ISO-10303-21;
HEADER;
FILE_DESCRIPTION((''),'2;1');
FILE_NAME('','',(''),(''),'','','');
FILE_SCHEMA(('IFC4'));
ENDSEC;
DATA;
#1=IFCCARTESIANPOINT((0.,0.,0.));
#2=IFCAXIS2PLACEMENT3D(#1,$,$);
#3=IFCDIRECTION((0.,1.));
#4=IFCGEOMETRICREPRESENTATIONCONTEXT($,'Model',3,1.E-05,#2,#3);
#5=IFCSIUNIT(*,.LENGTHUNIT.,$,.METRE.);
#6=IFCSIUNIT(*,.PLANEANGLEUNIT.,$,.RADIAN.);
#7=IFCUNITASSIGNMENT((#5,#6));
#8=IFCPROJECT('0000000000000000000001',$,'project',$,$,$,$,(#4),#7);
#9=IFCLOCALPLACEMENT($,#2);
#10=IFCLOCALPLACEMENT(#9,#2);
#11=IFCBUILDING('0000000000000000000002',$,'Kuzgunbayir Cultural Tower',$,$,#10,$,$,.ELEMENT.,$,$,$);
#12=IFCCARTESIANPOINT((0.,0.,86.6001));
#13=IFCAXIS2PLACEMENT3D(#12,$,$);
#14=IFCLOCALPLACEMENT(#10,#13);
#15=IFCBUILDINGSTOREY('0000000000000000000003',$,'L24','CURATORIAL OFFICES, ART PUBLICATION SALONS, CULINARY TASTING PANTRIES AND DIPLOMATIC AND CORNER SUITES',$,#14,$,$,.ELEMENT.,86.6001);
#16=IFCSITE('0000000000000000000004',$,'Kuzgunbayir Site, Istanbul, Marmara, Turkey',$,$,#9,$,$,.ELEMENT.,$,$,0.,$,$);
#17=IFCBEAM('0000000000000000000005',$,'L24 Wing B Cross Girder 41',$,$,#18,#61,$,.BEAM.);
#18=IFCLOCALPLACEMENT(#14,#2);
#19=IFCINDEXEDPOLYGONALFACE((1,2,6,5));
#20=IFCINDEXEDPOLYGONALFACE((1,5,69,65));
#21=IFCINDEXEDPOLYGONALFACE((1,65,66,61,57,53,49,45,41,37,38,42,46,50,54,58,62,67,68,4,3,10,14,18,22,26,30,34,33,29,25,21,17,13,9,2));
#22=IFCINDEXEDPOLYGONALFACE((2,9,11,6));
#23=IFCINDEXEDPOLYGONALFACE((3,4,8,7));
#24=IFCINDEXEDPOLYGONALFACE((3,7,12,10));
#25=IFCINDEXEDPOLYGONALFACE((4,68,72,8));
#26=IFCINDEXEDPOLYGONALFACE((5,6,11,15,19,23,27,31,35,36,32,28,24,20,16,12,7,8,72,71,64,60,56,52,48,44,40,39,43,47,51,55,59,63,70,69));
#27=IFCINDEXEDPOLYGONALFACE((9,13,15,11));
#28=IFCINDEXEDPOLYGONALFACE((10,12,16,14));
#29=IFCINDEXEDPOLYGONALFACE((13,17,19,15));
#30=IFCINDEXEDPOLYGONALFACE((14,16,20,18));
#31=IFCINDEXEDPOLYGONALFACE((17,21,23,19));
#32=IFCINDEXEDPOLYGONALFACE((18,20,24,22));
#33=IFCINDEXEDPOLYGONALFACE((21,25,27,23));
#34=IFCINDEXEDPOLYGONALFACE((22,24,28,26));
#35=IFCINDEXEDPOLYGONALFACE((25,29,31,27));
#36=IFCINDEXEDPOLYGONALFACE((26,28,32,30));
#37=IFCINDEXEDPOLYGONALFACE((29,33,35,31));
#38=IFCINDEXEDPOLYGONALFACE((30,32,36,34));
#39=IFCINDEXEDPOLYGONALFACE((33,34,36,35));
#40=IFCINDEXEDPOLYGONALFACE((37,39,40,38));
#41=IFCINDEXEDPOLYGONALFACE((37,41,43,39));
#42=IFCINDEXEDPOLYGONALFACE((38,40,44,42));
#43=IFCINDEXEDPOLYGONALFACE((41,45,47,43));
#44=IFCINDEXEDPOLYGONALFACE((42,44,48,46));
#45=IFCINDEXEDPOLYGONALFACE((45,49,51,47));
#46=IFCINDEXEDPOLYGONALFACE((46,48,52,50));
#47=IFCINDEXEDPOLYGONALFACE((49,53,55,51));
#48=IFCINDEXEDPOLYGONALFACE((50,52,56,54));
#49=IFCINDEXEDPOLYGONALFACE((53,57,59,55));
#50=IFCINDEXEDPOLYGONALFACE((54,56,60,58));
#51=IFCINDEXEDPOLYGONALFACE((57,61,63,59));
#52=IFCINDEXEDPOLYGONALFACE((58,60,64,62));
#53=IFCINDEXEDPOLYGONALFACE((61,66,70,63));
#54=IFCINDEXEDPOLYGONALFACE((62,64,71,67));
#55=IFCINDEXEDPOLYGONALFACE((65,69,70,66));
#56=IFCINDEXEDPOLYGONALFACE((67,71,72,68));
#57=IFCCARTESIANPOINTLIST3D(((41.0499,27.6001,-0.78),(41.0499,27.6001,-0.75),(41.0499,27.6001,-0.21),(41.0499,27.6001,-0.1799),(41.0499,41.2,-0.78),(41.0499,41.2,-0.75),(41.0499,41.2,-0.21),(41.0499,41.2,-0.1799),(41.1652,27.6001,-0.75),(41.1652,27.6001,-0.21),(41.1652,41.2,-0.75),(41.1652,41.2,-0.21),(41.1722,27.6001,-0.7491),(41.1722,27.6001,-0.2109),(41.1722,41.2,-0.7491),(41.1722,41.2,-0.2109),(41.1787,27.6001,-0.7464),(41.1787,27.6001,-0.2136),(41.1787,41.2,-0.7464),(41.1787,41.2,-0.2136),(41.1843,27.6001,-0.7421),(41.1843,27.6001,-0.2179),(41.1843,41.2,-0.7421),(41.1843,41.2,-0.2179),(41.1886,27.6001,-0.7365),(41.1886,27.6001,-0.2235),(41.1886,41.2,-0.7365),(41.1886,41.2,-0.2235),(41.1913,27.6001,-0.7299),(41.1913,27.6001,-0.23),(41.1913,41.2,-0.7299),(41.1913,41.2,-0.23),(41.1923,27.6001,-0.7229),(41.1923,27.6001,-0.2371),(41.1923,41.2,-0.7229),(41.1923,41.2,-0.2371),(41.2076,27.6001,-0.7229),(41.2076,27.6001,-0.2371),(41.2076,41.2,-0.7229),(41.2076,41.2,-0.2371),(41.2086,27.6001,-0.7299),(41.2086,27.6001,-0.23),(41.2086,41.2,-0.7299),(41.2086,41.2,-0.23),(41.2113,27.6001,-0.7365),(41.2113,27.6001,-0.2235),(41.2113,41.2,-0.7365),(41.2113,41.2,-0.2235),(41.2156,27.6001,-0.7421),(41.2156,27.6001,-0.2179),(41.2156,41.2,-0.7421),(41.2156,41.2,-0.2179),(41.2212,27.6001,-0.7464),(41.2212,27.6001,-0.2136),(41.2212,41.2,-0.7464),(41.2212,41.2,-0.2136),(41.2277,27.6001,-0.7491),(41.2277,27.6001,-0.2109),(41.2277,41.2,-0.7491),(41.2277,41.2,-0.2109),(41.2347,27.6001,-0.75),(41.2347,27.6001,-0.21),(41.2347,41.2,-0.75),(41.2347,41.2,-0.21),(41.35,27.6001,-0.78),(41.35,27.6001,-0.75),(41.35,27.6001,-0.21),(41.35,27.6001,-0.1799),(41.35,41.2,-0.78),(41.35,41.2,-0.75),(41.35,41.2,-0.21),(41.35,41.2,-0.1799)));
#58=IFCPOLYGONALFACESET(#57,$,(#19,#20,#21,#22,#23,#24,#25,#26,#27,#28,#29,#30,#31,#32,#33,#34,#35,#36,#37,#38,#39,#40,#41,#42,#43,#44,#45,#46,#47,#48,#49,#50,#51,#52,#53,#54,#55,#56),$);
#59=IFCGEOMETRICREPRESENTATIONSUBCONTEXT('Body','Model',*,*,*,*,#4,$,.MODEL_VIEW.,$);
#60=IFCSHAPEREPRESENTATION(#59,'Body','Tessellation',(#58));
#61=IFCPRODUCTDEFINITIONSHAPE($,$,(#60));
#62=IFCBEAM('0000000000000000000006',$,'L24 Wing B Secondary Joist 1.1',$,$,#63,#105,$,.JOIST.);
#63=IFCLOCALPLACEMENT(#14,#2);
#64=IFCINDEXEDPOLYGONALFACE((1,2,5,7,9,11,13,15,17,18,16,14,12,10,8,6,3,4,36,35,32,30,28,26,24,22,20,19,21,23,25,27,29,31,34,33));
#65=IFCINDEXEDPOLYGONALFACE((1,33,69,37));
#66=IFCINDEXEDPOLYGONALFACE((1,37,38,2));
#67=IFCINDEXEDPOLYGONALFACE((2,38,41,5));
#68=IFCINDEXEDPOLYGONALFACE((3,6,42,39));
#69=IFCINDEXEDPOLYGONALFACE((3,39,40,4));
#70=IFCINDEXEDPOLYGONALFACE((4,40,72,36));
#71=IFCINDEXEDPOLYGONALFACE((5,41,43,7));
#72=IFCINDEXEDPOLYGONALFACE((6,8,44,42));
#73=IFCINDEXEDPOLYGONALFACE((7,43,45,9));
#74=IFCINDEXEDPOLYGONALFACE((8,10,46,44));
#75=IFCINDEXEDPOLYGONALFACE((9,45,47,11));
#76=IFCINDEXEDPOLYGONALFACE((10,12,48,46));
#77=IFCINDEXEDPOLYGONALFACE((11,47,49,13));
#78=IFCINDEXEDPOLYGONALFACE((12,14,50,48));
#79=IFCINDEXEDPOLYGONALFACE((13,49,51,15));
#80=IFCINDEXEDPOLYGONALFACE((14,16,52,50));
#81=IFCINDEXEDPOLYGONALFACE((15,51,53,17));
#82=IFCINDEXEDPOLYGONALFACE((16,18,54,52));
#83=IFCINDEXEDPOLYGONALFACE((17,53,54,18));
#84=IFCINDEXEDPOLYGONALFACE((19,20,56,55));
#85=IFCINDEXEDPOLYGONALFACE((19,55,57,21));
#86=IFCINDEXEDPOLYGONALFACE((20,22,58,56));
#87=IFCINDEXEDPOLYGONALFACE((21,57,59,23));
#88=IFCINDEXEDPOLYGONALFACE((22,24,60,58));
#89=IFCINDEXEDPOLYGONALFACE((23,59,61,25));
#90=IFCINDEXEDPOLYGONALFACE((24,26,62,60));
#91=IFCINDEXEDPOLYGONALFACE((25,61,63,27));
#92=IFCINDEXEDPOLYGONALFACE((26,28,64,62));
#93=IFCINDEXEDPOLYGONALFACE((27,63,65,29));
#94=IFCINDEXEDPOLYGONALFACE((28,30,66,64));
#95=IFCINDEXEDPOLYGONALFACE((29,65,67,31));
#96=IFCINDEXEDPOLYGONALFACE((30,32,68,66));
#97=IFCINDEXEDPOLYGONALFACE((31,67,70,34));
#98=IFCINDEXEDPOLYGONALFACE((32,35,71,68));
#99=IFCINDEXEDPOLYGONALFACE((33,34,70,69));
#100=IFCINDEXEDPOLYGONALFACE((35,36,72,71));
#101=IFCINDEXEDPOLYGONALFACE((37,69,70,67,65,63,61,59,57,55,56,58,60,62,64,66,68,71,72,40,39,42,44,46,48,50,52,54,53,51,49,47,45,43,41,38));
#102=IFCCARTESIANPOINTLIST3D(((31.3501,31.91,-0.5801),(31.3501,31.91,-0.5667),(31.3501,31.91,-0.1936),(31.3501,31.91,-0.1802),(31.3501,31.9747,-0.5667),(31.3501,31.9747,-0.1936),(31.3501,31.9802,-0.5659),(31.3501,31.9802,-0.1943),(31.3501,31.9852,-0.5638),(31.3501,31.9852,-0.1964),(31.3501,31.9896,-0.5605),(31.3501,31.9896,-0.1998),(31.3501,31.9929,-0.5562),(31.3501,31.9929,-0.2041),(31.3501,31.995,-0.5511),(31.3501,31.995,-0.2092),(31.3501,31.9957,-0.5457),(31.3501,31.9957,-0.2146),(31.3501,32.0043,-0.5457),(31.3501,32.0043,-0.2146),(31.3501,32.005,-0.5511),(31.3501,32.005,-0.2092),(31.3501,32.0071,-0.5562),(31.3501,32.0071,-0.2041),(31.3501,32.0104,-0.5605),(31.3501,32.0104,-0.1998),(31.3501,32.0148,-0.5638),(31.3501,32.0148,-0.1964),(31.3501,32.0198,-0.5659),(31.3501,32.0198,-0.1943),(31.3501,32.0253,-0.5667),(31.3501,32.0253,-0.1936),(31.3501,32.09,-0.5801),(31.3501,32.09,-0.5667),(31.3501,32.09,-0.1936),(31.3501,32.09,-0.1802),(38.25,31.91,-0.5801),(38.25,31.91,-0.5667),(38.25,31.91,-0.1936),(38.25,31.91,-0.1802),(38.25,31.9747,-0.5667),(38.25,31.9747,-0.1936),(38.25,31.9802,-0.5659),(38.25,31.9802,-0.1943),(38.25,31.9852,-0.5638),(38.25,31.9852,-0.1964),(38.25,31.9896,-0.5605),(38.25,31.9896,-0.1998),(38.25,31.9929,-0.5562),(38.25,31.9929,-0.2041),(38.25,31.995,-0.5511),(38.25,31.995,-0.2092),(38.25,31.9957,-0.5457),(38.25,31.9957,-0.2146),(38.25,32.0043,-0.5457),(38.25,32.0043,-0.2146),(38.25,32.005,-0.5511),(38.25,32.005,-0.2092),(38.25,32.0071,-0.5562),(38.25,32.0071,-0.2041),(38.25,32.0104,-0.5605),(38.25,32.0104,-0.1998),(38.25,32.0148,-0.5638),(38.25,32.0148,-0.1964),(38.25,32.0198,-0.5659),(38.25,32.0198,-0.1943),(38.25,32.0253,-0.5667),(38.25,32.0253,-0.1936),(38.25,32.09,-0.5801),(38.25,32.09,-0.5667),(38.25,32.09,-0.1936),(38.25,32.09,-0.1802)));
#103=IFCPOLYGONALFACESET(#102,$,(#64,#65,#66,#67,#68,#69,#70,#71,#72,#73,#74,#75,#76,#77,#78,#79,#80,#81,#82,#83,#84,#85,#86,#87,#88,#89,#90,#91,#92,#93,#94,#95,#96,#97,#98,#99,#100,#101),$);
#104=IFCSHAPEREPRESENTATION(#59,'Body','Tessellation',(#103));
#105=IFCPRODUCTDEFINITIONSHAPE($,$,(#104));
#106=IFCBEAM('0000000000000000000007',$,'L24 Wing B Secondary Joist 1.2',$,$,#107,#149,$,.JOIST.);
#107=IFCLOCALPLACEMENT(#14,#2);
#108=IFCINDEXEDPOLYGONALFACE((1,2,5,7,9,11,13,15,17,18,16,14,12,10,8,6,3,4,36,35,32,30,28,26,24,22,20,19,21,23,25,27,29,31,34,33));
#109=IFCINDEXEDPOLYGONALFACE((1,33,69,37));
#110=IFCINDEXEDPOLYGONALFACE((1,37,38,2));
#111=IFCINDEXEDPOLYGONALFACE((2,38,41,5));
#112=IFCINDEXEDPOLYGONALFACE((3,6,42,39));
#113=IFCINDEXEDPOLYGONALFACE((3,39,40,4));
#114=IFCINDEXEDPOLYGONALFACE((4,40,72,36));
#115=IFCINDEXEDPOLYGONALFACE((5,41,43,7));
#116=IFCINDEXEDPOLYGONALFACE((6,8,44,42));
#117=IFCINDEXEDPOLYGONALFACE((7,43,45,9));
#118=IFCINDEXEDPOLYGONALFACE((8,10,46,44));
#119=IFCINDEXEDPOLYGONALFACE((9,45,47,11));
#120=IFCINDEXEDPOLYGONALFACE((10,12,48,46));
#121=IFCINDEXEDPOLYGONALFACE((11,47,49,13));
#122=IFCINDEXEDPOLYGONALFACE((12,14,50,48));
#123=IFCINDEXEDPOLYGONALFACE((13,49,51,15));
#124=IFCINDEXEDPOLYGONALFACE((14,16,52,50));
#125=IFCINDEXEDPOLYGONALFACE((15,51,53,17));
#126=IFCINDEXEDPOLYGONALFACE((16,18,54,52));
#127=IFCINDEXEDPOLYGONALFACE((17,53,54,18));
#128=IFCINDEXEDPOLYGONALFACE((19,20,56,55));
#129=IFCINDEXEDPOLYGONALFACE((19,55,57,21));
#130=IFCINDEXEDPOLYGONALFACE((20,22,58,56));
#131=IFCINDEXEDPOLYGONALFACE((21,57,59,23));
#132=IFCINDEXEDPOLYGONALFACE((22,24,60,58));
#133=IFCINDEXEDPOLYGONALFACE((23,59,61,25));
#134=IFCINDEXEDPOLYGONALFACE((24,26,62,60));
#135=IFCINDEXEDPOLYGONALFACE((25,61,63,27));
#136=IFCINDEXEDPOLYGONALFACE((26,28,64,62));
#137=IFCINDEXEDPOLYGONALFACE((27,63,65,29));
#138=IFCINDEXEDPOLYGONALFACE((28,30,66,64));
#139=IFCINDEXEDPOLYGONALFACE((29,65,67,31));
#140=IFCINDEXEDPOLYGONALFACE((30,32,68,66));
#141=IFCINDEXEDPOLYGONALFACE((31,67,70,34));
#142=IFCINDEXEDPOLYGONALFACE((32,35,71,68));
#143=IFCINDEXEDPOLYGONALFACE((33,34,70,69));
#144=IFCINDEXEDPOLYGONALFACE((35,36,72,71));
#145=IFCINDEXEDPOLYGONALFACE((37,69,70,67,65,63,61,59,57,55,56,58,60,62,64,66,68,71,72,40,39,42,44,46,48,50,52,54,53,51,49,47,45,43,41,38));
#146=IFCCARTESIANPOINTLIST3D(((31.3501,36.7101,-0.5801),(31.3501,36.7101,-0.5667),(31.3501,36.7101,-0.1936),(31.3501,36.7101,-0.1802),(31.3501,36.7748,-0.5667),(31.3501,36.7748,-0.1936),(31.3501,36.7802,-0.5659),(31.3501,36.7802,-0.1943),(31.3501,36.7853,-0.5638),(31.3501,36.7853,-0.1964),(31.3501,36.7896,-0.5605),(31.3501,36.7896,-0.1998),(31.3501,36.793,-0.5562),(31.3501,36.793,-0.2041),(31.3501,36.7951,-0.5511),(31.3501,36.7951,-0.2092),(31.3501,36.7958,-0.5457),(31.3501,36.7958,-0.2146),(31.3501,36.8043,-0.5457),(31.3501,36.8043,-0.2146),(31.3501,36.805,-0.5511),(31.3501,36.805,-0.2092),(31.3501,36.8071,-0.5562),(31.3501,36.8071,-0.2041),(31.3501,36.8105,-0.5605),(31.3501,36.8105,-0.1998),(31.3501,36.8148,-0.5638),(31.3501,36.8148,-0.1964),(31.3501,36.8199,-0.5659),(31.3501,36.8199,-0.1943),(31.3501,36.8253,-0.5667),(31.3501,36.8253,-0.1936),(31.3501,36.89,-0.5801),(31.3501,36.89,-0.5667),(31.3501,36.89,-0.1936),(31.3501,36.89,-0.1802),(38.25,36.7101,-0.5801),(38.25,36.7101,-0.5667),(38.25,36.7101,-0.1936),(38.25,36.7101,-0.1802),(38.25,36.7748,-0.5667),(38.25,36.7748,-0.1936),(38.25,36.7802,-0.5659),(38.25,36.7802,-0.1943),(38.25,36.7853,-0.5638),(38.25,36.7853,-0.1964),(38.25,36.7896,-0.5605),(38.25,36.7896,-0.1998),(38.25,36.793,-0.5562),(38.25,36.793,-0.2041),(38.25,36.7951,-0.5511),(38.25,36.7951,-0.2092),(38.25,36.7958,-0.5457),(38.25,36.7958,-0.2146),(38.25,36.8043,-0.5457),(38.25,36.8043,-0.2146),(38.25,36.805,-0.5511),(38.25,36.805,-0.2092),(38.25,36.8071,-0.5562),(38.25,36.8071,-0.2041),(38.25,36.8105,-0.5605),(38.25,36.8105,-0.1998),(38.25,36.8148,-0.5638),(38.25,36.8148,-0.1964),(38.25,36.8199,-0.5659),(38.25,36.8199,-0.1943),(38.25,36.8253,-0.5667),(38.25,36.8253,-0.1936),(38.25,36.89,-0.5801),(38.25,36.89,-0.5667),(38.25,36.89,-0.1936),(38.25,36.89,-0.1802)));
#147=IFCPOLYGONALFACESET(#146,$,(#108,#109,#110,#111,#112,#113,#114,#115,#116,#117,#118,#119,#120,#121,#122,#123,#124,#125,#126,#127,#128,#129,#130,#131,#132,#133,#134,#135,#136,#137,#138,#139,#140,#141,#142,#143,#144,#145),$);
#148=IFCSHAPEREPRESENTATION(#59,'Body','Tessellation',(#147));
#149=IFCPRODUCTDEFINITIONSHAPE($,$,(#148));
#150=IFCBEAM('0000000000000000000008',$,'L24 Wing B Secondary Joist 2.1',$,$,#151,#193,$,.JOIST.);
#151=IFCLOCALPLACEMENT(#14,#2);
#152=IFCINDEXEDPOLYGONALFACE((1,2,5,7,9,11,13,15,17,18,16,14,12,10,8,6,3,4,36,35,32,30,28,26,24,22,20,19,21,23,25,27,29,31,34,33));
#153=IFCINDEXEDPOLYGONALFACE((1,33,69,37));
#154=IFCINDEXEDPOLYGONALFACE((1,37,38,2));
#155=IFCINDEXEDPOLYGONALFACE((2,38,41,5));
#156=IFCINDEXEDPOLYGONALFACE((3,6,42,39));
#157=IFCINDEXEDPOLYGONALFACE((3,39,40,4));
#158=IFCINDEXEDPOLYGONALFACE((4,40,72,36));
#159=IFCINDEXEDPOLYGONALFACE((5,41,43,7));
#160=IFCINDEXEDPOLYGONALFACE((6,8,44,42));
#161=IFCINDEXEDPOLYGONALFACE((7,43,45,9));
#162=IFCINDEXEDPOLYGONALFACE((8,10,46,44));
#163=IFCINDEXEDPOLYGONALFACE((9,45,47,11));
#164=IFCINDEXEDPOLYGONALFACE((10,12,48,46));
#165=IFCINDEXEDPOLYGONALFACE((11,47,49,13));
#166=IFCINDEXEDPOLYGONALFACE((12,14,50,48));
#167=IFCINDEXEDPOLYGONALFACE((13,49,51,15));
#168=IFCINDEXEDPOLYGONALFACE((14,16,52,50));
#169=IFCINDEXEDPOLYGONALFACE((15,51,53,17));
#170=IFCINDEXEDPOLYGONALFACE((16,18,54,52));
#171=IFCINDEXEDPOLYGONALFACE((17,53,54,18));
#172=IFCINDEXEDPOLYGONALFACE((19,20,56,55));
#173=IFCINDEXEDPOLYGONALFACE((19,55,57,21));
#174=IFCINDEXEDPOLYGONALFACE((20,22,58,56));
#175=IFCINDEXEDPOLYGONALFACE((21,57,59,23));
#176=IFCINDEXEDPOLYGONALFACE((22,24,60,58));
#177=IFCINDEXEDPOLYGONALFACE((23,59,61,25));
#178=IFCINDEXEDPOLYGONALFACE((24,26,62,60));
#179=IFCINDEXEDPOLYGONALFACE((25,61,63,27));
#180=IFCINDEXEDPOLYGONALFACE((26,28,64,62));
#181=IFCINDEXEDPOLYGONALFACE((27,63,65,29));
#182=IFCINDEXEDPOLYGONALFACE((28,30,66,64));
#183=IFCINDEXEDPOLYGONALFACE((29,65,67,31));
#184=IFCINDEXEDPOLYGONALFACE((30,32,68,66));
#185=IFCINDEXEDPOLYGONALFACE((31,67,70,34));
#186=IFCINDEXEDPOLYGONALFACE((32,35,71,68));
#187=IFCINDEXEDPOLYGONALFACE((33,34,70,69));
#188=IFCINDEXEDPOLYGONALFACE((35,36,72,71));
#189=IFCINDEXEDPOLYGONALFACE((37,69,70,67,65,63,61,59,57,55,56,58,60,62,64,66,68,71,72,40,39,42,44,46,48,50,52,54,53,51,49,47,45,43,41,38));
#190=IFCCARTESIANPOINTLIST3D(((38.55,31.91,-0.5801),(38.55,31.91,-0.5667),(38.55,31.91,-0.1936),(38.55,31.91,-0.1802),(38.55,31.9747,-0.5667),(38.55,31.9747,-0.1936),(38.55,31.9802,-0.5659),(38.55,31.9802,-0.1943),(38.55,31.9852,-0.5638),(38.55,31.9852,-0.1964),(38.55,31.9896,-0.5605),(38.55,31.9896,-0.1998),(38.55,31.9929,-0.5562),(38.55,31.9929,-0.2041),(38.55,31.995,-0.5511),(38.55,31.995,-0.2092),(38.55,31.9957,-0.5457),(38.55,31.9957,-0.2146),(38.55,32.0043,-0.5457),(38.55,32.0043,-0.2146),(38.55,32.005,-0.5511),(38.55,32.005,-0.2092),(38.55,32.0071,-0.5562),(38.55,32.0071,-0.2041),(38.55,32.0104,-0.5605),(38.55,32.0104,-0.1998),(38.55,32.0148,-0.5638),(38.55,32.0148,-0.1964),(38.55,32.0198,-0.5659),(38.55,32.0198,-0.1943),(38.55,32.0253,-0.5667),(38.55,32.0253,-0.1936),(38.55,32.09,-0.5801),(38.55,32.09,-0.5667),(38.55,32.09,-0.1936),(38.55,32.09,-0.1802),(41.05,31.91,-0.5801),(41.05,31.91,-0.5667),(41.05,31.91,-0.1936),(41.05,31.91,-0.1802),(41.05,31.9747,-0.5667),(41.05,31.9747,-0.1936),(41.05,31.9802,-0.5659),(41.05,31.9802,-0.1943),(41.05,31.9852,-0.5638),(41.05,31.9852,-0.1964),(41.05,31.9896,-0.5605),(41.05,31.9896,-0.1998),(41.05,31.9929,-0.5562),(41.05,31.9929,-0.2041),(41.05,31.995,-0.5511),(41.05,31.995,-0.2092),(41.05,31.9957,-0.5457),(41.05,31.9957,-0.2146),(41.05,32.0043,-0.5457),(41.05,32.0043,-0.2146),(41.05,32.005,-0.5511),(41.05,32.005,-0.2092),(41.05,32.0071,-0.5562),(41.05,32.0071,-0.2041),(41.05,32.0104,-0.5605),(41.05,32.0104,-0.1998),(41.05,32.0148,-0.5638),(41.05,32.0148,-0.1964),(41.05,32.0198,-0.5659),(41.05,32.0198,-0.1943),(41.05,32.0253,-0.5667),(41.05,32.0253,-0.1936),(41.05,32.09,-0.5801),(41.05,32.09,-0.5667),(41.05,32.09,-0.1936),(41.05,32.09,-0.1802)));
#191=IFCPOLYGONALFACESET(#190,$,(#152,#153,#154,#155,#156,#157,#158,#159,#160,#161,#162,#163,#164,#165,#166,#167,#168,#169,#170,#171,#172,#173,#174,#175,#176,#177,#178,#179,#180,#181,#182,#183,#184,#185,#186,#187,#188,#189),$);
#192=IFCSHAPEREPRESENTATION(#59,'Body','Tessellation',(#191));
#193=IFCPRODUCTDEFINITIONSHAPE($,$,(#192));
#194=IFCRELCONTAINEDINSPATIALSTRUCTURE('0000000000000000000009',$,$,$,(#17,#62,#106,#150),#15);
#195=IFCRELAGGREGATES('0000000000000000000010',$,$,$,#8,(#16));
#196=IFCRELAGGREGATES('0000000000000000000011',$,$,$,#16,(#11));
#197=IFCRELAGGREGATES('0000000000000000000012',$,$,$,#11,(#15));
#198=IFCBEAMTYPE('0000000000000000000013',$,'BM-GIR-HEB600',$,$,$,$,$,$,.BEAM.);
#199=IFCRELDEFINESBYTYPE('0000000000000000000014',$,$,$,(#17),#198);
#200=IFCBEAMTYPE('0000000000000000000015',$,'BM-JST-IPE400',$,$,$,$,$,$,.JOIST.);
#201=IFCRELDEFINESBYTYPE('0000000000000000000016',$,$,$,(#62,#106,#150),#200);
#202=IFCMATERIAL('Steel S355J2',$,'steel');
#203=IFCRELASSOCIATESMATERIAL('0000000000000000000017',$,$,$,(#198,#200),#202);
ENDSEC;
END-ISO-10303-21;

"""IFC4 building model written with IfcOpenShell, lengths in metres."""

from ifc_helpers import new_model, si_unit, direction, frame, origin, origin_2d, place, context, subcontext, project, spatial, i_section, extrude, material, material_profile, profile_set, type_object, element, save


model = new_model("IFC4")

# Units and contexts
model_context = context("Model", 3, precision=1e-05, world=origin(), true_north=direction((0.0, 1.0)))
body_context = subcontext(model_context, "Body", "Model", "MODEL_VIEW")
ifc_project = project(units=[si_unit("LENGTHUNIT", "METRE"), si_unit("PLANEANGLEUNIT", "RADIAN")], contexts=[model_context])

# Site, building, storey
site_placement = place(None, origin())
site = spatial("IfcSite", under=ifc_project, at=site_placement, Name="Kuzgunbayir Site, Istanbul, Marmara, Turkey", CompositionType="ELEMENT", RefElevation=0.0)
building_placement = place(site_placement, origin())
building = spatial("IfcBuilding", under=site, at=building_placement, Name="Kuzgunbayir Cultural Tower", CompositionType="ELEMENT")
storey_placement = place(building_placement, frame((0.0, 0.0, 86.6001)))
storey = spatial("IfcBuildingStorey", under=building, at=storey_placement, Name="L24", Description="CURATORIAL OFFICES, ART PUBLICATION SALONS, CULINARY TASTING PANTRIES AND DIPLOMATIC AND CORNER SUITES", CompositionType="ELEMENT", Elevation=86.6001)

# Beams
ifc_material_1 = material(Name="Steel S355J2", Category="steel")
ifc_material_profile_1 = material_profile(ifc_material_1, i_section(OverallWidth=0.3, OverallDepth=0.6001, WebThickness=0.0154, FlangeThickness=0.03, FilletRadius=0.0271, at=origin_2d()), Name="HEB 600")
ifc_profile_set_1 = profile_set([ifc_material_profile_1], Name="Steel S355J2")
beam_type_1 = type_object("IfcBeamType", Name="BM-GIR-HEB600", PredefinedType="BEAM", material=ifc_profile_set_1)
beam_1_placement = place(storey_placement, frame((41.2, 27.6001, -0.48), z_axis=(0.0, 1.0, 0.0), x_axis=(-1.0, 0.0, 0.0)))
element("IfcBeam", 1, at=beam_1_placement, inside=storey, type_object=beam_type_1, Name="L24 Wing B Cross Girder 41", PredefinedType="BEAM", context=body_context, shape_type="SweptSolid", body=[
    extrude(i_section(OverallWidth=0.3, OverallDepth=0.6001, WebThickness=0.0154, FlangeThickness=0.03, FilletRadius=0.0271, at=origin_2d()), origin(), (0.0, 0.0, 1.0), 13.5999),
])
ifc_material_profile_2 = material_profile(ifc_material_1, i_section(OverallWidth=0.1799, OverallDepth=0.3999, WebThickness=0.0085, FlangeThickness=0.0134, FilletRadius=0.021, at=origin_2d()), Name="IPE 400")
ifc_profile_set_2 = profile_set([ifc_material_profile_2], Name="Steel S355J2")
beam_type_2 = type_object("IfcBeamType", Name="BM-JST-IPE400", PredefinedType="JOIST", material=ifc_profile_set_2)
for number, where, z_axis, x_axis, name in (
    (2, (31.3501, 32.0, -0.3801), (1.0, 0.0, 0.0), (0.0, 1.0, 0.0), "L24 Wing B Secondary Joist 1.1"),
    (3, (31.3501, 36.8, -0.3801), (1.0, 0.0, 0.0), (0.0, 1.0, 0.0), "L24 Wing B Secondary Joist 1.2"),
):
    element("IfcBeam", number, at=place(storey_placement, frame(where, z_axis=z_axis, x_axis=x_axis)), inside=storey, type_object=beam_type_2, Name=name, PredefinedType="JOIST", context=body_context, shape_type="SweptSolid", body=[
        extrude(i_section(OverallWidth=0.1799, OverallDepth=0.3999, WebThickness=0.0085, FlangeThickness=0.0134, FilletRadius=0.021, at=origin_2d()), origin(), (0.0, 0.0, 1.0), 6.8999),
    ])
for number, where, z_axis, x_axis, name in (
    (4, (38.55, 32.0, -0.3801), (1.0, 0.0, 0.0), (0.0, 1.0, 0.0), "L24 Wing B Secondary Joist 2.1"),
):
    element("IfcBeam", number, at=place(storey_placement, frame(where, z_axis=z_axis, x_axis=x_axis)), inside=storey, type_object=beam_type_2, Name=name, PredefinedType="JOIST", context=body_context, shape_type="SweptSolid", body=[
        extrude(i_section(OverallWidth=0.1799, OverallDepth=0.3999, WebThickness=0.0085, FlangeThickness=0.0134, FilletRadius=0.021, at=origin_2d()), origin(), (0.0, 0.0, 1.0), 2.5),
    ])

save(model, "model.ifc")
